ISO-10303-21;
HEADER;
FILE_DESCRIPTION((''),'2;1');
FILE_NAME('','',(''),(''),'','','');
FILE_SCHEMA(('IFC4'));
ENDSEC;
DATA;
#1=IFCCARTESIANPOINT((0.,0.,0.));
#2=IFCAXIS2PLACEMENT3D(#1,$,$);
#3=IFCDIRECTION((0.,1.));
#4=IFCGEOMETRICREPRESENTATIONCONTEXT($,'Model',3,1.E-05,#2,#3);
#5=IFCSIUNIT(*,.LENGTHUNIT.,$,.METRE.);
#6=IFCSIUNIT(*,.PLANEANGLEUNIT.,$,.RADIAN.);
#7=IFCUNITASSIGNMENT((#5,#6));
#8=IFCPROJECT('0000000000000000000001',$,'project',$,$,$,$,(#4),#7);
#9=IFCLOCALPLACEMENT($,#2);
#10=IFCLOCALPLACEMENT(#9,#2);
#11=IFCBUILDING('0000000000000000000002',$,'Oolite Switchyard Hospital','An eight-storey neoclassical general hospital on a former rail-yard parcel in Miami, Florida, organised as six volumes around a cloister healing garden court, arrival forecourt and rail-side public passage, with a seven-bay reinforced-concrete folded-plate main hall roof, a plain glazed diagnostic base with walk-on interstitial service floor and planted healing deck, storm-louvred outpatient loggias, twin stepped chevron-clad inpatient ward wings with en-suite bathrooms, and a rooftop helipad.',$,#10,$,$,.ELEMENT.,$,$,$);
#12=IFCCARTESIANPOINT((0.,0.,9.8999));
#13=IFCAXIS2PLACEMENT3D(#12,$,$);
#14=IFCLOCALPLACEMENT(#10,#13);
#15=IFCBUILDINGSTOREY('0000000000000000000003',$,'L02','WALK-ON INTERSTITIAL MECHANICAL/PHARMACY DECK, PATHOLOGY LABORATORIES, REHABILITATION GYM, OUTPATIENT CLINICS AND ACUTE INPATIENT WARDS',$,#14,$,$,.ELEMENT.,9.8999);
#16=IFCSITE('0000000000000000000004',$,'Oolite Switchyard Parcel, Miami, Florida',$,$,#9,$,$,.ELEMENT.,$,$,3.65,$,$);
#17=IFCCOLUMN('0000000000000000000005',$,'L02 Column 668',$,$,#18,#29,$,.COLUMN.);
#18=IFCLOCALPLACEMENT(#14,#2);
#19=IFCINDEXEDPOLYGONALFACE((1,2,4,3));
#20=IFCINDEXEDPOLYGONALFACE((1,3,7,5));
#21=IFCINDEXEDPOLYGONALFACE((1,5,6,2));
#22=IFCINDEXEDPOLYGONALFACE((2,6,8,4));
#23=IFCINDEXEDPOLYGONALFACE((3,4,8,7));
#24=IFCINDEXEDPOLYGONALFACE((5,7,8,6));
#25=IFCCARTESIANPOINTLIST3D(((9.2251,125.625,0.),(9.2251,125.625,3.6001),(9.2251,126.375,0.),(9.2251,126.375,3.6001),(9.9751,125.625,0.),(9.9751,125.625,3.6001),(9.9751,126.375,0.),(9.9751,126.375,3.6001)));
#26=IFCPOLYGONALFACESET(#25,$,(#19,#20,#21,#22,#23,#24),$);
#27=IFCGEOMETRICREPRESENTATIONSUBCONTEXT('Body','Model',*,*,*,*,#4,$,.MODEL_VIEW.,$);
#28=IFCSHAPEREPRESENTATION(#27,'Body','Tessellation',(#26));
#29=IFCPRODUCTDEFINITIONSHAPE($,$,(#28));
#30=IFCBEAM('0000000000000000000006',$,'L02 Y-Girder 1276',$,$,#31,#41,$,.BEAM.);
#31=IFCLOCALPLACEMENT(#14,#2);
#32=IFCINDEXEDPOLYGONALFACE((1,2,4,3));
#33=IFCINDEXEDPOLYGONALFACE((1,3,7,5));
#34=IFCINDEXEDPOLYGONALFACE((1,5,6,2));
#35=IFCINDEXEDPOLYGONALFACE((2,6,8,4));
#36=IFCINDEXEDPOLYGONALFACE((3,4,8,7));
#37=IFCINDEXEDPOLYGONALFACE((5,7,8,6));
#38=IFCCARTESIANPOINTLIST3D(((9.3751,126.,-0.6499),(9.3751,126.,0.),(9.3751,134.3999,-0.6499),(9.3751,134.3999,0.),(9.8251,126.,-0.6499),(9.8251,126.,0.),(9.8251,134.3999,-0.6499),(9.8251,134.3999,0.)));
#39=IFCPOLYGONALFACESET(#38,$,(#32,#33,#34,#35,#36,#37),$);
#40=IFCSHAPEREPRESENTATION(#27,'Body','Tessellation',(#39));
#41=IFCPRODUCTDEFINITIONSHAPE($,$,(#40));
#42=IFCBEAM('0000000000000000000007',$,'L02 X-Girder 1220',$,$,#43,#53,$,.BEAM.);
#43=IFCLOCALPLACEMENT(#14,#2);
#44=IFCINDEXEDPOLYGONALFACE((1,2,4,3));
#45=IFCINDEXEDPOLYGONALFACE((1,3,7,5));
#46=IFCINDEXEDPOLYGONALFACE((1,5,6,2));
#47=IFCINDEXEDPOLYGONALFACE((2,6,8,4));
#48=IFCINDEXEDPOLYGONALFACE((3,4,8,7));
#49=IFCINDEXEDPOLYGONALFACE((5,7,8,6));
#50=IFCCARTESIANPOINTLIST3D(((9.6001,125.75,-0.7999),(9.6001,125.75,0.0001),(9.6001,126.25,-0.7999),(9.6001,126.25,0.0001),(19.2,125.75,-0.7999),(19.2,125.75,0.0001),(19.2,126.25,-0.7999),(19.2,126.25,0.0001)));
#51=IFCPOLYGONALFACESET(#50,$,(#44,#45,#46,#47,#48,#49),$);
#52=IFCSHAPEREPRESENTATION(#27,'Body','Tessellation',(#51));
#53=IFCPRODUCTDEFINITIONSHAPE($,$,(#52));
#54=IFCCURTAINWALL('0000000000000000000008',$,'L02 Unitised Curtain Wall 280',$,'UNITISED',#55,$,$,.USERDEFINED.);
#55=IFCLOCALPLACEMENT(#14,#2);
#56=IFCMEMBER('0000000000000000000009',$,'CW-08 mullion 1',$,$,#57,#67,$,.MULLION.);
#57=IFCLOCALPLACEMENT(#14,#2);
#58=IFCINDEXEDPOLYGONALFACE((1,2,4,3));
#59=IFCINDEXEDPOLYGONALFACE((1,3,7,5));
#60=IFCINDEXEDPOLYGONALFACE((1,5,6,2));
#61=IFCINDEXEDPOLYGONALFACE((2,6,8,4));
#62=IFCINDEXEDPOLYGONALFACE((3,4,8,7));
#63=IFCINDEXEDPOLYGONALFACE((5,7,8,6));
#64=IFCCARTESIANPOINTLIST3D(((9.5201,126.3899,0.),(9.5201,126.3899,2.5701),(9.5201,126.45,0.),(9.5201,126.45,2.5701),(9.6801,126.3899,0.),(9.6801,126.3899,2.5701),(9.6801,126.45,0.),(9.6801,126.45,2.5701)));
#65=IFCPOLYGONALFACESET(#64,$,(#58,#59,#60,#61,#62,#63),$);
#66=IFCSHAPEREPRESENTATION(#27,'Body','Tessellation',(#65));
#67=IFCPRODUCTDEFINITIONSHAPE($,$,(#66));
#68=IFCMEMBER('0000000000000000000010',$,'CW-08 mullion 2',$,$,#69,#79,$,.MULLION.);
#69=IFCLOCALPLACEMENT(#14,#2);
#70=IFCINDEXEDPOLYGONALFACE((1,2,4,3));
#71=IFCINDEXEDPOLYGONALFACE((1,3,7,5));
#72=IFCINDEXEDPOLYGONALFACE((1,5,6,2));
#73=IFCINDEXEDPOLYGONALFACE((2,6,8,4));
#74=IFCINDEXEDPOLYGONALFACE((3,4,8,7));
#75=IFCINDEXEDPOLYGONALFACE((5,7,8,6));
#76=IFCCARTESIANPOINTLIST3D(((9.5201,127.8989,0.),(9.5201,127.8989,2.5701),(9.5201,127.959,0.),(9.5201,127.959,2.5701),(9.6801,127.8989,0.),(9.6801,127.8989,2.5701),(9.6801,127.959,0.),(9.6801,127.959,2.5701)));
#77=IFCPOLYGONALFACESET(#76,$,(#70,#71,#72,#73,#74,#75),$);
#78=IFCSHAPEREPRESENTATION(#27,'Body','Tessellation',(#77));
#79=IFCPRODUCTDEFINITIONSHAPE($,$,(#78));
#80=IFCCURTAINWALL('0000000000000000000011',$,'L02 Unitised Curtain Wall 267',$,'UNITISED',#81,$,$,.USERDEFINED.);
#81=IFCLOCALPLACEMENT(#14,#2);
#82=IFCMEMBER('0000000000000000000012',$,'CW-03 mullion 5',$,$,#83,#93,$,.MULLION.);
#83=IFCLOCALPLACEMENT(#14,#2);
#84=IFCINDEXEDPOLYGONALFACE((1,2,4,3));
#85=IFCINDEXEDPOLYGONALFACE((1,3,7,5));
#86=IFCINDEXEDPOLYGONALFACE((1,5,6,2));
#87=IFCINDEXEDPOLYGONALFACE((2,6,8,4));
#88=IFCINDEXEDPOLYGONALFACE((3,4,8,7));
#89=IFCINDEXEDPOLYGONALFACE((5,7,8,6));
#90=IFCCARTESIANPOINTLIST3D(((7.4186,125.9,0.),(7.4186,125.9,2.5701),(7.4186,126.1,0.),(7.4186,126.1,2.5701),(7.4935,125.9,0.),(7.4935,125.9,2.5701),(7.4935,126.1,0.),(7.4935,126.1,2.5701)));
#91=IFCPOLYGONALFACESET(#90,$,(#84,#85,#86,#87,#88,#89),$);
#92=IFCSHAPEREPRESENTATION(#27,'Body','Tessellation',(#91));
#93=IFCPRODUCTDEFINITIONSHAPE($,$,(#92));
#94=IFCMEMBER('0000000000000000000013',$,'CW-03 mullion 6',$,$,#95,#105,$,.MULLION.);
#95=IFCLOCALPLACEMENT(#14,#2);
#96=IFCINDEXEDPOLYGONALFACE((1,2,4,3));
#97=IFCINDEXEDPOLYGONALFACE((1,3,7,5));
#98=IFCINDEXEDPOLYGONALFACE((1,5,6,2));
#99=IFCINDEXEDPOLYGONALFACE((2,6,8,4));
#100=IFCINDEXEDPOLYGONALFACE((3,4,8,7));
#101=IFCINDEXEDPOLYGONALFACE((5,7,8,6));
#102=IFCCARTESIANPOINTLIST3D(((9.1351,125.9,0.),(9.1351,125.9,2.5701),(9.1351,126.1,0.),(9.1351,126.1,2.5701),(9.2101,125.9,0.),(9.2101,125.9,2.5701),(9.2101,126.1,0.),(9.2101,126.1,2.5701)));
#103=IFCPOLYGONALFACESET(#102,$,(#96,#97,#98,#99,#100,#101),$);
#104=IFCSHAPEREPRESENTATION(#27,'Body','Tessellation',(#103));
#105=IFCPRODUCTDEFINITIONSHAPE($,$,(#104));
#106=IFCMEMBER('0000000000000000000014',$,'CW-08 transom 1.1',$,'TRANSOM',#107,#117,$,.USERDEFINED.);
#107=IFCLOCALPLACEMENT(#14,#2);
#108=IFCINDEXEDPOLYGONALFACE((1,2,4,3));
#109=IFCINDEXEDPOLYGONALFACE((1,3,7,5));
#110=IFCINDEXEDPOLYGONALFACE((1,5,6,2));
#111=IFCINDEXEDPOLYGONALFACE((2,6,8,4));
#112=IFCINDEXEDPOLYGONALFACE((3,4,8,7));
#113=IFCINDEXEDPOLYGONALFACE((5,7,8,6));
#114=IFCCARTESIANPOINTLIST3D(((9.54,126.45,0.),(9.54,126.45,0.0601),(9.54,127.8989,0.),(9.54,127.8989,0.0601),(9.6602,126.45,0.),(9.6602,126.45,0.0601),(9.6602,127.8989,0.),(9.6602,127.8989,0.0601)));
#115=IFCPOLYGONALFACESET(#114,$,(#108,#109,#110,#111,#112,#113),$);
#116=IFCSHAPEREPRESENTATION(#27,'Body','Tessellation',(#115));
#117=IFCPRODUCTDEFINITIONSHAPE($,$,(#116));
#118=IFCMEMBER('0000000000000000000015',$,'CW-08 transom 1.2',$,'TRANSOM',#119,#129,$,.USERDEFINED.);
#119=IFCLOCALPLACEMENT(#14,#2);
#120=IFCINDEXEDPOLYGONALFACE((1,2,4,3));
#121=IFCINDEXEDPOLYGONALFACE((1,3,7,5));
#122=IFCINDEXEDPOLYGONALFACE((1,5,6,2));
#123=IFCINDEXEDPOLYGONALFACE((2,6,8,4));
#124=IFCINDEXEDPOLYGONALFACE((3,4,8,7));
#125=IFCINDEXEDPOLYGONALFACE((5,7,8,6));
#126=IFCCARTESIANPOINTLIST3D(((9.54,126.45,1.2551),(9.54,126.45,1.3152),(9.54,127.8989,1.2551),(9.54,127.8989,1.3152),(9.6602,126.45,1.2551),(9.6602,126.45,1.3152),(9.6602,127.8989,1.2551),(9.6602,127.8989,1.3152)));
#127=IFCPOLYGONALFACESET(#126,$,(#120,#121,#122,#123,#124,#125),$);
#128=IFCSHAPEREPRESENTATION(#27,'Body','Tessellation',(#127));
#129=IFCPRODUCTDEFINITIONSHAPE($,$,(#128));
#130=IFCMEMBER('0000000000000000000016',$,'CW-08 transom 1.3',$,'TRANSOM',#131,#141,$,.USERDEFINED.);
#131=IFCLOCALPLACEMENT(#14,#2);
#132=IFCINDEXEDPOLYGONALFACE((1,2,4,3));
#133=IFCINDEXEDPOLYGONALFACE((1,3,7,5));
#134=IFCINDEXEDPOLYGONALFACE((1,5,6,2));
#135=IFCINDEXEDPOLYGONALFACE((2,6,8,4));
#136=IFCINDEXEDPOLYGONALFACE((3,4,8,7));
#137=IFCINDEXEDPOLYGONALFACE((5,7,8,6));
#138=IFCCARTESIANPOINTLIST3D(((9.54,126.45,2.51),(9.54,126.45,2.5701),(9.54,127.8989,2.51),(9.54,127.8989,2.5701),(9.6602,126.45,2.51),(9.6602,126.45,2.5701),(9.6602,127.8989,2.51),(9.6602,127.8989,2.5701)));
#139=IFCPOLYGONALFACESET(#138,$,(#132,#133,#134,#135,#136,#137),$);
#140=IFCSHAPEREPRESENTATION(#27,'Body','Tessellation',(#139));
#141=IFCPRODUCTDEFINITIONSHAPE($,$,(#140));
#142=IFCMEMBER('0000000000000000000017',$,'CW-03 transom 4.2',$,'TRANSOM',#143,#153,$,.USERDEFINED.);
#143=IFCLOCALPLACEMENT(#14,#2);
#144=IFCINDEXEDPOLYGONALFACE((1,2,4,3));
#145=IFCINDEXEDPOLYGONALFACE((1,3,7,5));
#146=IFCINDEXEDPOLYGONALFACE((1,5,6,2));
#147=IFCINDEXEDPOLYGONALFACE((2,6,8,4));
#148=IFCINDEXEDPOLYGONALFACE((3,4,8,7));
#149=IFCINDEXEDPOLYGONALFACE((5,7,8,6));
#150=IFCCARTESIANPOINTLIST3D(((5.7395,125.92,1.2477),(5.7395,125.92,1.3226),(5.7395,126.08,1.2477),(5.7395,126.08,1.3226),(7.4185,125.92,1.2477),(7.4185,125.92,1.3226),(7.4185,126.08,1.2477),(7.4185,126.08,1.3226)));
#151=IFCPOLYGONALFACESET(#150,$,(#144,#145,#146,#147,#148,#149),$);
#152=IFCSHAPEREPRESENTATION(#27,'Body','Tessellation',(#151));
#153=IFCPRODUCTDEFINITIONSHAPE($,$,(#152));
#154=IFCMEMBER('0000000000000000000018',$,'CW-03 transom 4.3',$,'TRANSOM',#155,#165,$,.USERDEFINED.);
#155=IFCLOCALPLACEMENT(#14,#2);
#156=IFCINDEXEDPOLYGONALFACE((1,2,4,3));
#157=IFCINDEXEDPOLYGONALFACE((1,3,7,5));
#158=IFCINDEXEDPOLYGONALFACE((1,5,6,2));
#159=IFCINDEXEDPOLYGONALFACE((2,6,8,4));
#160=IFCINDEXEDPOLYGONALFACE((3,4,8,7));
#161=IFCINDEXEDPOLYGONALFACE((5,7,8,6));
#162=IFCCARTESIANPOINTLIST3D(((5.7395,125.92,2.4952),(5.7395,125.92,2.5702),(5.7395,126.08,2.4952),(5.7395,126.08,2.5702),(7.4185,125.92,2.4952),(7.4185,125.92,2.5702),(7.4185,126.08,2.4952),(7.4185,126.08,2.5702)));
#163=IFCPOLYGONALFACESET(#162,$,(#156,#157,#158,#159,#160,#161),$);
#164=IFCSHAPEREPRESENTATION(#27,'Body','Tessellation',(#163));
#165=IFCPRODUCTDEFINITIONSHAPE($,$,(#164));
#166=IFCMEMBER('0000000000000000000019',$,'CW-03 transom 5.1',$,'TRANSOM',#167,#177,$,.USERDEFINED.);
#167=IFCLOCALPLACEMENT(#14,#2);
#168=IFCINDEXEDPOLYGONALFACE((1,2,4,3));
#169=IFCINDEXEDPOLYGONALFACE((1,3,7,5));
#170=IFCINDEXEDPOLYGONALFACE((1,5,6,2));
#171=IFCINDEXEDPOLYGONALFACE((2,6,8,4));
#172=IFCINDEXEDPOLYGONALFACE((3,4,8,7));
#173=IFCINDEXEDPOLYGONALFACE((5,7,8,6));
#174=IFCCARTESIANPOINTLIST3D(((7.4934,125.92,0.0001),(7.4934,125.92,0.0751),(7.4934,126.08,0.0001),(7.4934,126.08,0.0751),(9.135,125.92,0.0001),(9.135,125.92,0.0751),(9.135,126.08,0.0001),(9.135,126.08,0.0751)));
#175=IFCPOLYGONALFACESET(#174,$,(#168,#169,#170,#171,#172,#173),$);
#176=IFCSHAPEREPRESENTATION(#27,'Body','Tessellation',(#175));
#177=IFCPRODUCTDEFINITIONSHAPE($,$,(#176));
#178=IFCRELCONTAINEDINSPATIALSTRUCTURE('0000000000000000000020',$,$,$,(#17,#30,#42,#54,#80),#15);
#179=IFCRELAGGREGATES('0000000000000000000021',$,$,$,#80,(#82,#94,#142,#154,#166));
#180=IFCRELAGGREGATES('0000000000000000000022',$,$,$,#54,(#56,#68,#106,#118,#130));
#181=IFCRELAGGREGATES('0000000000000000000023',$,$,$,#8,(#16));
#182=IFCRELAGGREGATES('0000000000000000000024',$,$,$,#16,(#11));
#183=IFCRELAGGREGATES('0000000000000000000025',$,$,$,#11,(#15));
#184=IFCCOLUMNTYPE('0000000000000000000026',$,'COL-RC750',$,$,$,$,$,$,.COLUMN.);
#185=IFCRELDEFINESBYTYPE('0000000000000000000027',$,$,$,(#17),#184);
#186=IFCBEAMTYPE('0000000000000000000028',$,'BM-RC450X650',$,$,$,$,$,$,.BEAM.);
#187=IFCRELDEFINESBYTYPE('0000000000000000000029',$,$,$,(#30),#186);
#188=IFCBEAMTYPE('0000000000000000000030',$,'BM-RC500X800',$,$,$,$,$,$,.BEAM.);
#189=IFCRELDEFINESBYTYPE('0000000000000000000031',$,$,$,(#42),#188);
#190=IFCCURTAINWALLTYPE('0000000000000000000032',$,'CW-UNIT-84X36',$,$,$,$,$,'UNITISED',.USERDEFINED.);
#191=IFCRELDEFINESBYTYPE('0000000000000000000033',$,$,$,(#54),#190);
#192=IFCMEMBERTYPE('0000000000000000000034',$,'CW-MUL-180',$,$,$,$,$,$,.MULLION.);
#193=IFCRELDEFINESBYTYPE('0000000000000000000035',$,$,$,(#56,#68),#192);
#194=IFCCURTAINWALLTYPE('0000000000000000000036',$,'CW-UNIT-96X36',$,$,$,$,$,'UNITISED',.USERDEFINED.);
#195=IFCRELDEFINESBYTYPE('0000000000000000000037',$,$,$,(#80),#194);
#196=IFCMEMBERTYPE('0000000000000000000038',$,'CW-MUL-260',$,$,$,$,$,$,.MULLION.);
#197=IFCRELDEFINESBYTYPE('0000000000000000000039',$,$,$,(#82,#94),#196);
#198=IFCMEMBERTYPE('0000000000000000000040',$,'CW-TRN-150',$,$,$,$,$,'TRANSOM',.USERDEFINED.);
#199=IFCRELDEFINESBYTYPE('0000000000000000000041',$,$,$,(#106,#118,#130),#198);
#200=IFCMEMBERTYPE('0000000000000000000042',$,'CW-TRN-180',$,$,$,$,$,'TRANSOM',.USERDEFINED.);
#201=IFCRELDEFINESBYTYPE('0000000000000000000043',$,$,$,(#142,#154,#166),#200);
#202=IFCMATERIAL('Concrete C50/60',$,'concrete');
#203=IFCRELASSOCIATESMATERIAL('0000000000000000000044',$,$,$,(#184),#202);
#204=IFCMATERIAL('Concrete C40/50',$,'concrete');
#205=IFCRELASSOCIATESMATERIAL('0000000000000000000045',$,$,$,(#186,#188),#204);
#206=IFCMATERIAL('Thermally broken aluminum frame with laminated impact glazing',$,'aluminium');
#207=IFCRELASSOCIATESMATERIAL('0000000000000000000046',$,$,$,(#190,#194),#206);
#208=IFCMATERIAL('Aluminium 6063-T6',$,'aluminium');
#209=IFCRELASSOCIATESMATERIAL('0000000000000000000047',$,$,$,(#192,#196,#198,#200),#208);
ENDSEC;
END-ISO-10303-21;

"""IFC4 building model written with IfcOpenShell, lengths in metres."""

from ifc_helpers import new_model, si_unit, direction, frame, origin, origin_2d, place, context, subcontext, project, spatial, rectangle, extrude, material, material_profile, profile_set, type_object, element, aggregate, save


model = new_model("IFC4")

# Units and contexts
model_context = context("Model", 3, precision=1e-05, world=origin(), true_north=direction((0.0, 1.0)))
body_context = subcontext(model_context, "Body", "Model", "MODEL_VIEW")
ifc_project = project(units=[si_unit("LENGTHUNIT", "METRE"), si_unit("PLANEANGLEUNIT", "RADIAN")], contexts=[model_context])

# Site, building, storey
site_placement = place(None, origin())
site = spatial("IfcSite", under=ifc_project, at=site_placement, Name="Oolite Switchyard Parcel, Miami, Florida", CompositionType="ELEMENT", RefElevation=3.65)
building_placement = place(site_placement, origin())
building = spatial("IfcBuilding", under=site, at=building_placement, Name="Oolite Switchyard Hospital", Description="An eight-storey neoclassical general hospital on a former rail-yard parcel in Miami, Florida, organised as six volumes around a cloister healing garden court, arrival forecourt and rail-side public passage, with a seven-bay reinforced-concrete folded-plate main hall roof, a plain glazed diagnostic base with walk-on interstitial service floor and planted healing deck, storm-louvred outpatient loggias, twin stepped chevron-clad inpatient ward wings with en-suite bathrooms, and a rooftop helipad.", CompositionType="ELEMENT")
storey_placement = place(building_placement, frame((0.0, 0.0, 9.8999)))
storey = spatial("IfcBuildingStorey", under=building, at=storey_placement, Name="L02", Description="WALK-ON INTERSTITIAL MECHANICAL/PHARMACY DECK, PATHOLOGY LABORATORIES, REHABILITATION GYM, OUTPATIENT CLINICS AND ACUTE INPATIENT WARDS", CompositionType="ELEMENT", Elevation=9.8999)

# Column
ifc_material_1 = material(Name="Concrete C50/60", Category="concrete")
ifc_material_profile_1 = material_profile(ifc_material_1, rectangle(XDim=0.75, YDim=0.75, at=origin_2d()), Name="RC750X750")
ifc_profile_set_1 = profile_set([ifc_material_profile_1], Name="Concrete C50/60")
column_type = type_object("IfcColumnType", Name="COL-RC750", PredefinedType="COLUMN", material=ifc_profile_set_1)
column_placement = place(storey_placement, frame((9.6001, 126.0, 0.0), z_axis=(0.0, 0.0, 1.0), x_axis=(1.0, 0.0, 0.0)))
element("IfcColumn", 1, at=column_placement, inside=storey, type_object=column_type, Name="L02 Column 668", PredefinedType="COLUMN", context=body_context, shape_type="SweptSolid", body=[
    extrude(rectangle(XDim=0.75, YDim=0.75, at=origin_2d()), origin(), (0.0, 0.0, 1.0), 3.6001),
])

# Beams
ifc_material_2 = material(Name="Concrete C40/50", Category="concrete")
ifc_material_profile_2 = material_profile(ifc_material_2, rectangle(XDim=0.45, YDim=0.6499, at=origin_2d()), Name="RCB450X650")
ifc_profile_set_2 = profile_set([ifc_material_profile_2], Name="Concrete C40/50")
beam_type_1 = type_object("IfcBeamType", Name="BM-RC450X650", PredefinedType="BEAM", material=ifc_profile_set_2)
beam_1_placement = place(storey_placement, frame((9.6001, 126.0, -0.325), z_axis=(0.0, 1.0, 0.0), x_axis=(-1.0, 0.0, 0.0)))
element("IfcBeam", 2, at=beam_1_placement, inside=storey, type_object=beam_type_1, Name="L02 Y-Girder 1276", PredefinedType="BEAM", context=body_context, shape_type="SweptSolid", body=[
    extrude(rectangle(XDim=0.45, YDim=0.6499, at=origin_2d()), origin(), (0.0, 0.0, 1.0), 8.3999),
])
ifc_material_profile_3 = material_profile(ifc_material_2, rectangle(XDim=0.5, YDim=0.8, at=origin_2d()), Name="RCB500X800")
ifc_profile_set_3 = profile_set([ifc_material_profile_3], Name="Concrete C40/50")
beam_type_2 = type_object("IfcBeamType", Name="BM-RC500X800", PredefinedType="BEAM", material=ifc_profile_set_3)
beam_2_placement = place(storey_placement, frame((9.6001, 126.0, -0.3999), z_axis=(1.0, 0.0, 0.0), x_axis=(0.0, 1.0, 0.0)))
element("IfcBeam", 3, at=beam_2_placement, inside=storey, type_object=beam_type_2, Name="L02 X-Girder 1220", PredefinedType="BEAM", context=body_context, shape_type="SweptSolid", body=[
    extrude(rectangle(XDim=0.5, YDim=0.8, at=origin_2d()), origin(), (0.0, 0.0, 1.0), 9.5999),
])

# Curtain walls, members
ifc_material_3 = material(Name="Thermally broken aluminum frame with laminated impact glazing", Category="aluminium")
curtain_wall_type_1 = type_object("IfcCurtainWallType", Name="CW-UNIT-84X36", ElementType="UNITISED", PredefinedType="USERDEFINED", material=ifc_material_3)
curtain_wall_1_placement = place(storey_placement, origin())
curtain_wall_1 = element("IfcCurtainWall", 4, at=curtain_wall_1_placement, inside=storey, type_object=curtain_wall_type_1, Name="L02 Unitised Curtain Wall 280", ObjectType="UNITISED", PredefinedType="USERDEFINED")
ifc_material_4 = material(Name="Aluminium 6063-T6", Category="aluminium")
ifc_material_profile_4 = material_profile(ifc_material_4, rectangle(XDim=0.1599, YDim=0.0601, at=origin_2d()), Name="CWM60X160")
ifc_profile_set_4 = profile_set([ifc_material_profile_4], Name="Aluminium 6063-T6")
member_type_1 = type_object("IfcMemberType", Name="CW-MUL-180", PredefinedType="MULLION", material=ifc_profile_set_4)
member_1_placement = place(storey_placement, frame((9.6001, 126.4199, 0.0), z_axis=(0.0, 0.0, 1.0), x_axis=(-1.0, 0.0, 0.0)))
member_1 = element("IfcMember", 5, at=member_1_placement, type_object=member_type_1, Name="CW-08 mullion 1", PredefinedType="MULLION", context=body_context, shape_type="SweptSolid", body=[
    extrude(rectangle(XDim=0.1599, YDim=0.0601, at=origin_2d()), origin(), (0.0, 0.0, 1.0), 2.5701),
])
member_2_placement = place(storey_placement, frame((9.6001, 127.929, 0.0), z_axis=(0.0, 0.0, 1.0), x_axis=(-1.0, 0.0, 0.0)))
member_2 = element("IfcMember", 6, at=member_2_placement, type_object=member_type_1, Name="CW-08 mullion 2", PredefinedType="MULLION", context=body_context, shape_type="SweptSolid", body=[
    extrude(rectangle(XDim=0.1599, YDim=0.0601, at=origin_2d()), origin(), (0.0, 0.0, 1.0), 2.5701),
])
curtain_wall_type_2 = type_object("IfcCurtainWallType", Name="CW-UNIT-96X36", ElementType="UNITISED", PredefinedType="USERDEFINED", material=ifc_material_3)
curtain_wall_2_placement = place(storey_placement, origin())
curtain_wall_2 = element("IfcCurtainWall", 7, at=curtain_wall_2_placement, inside=storey, type_object=curtain_wall_type_2, Name="L02 Unitised Curtain Wall 267", ObjectType="UNITISED", PredefinedType="USERDEFINED")
ifc_material_profile_5 = material_profile(ifc_material_4, rectangle(XDim=0.2, YDim=0.075, at=origin_2d()), Name="CWM75X200")
ifc_profile_set_5 = profile_set([ifc_material_profile_5], Name="Aluminium 6063-T6")
member_type_2 = type_object("IfcMemberType", Name="CW-MUL-260", PredefinedType="MULLION", material=ifc_profile_set_5)
member_3_placement = place(storey_placement, frame((7.4561, 126.0, 0.0), z_axis=(0.0, 0.0, 1.0), x_axis=(0.0, 1.0, 0.0)))
member_3 = element("IfcMember", 8, at=member_3_placement, type_object=member_type_2, Name="CW-03 mullion 5", PredefinedType="MULLION", context=body_context, shape_type="SweptSolid", body=[
    extrude(rectangle(XDim=0.2, YDim=0.075, at=origin_2d()), origin(), (0.0, 0.0, 1.0), 2.5701),
])
member_4_placement = place(storey_placement, frame((9.1726, 126.0, 0.0), z_axis=(0.0, 0.0, 1.0), x_axis=(0.0, 1.0, 0.0)))
member_4 = element("IfcMember", 9, at=member_4_placement, type_object=member_type_2, Name="CW-03 mullion 6", PredefinedType="MULLION", context=body_context, shape_type="SweptSolid", body=[
    extrude(rectangle(XDim=0.2, YDim=0.075, at=origin_2d()), origin(), (0.0, 0.0, 1.0), 2.5701),
])

# Members
ifc_material_profile_6 = material_profile(ifc_material_4, rectangle(XDim=0.1201, YDim=0.0601, at=origin_2d()), Name="CWT60X120")
ifc_profile_set_6 = profile_set([ifc_material_profile_6], Name="Aluminium 6063-T6")
member_type_3 = type_object("IfcMemberType", Name="CW-TRN-150", ElementType="TRANSOM", PredefinedType="USERDEFINED", material=ifc_profile_set_6)
member_5_placement = place(storey_placement, frame((9.6001, 126.45, 0.03), z_axis=(0.0, 1.0, 0.0), x_axis=(-1.0, 0.0, 0.0)))
member_5 = element("IfcMember", 10, at=member_5_placement, type_object=member_type_3, Name="CW-08 transom 1.1", ObjectType="TRANSOM", PredefinedType="USERDEFINED", context=body_context, shape_type="SweptSolid", body=[
    extrude(rectangle(XDim=0.1201, YDim=0.0601, at=origin_2d()), origin(), (0.0, 0.0, 1.0), 1.449),
])
member_6_placement = place(storey_placement, frame((9.6001, 126.45, 1.2852), z_axis=(0.0, 1.0, 0.0), x_axis=(-1.0, 0.0, 0.0)))
member_6 = element("IfcMember", 11, at=member_6_placement, type_object=member_type_3, Name="CW-08 transom 1.2", ObjectType="TRANSOM", PredefinedType="USERDEFINED", context=body_context, shape_type="SweptSolid", body=[
    extrude(rectangle(XDim=0.1201, YDim=0.0601, at=origin_2d()), origin(), (0.0, 0.0, 1.0), 1.449),
])
member_7_placement = place(storey_placement, frame((9.6001, 126.45, 2.54), z_axis=(0.0, 1.0, 0.0), x_axis=(-1.0, 0.0, 0.0)))
member_7 = element("IfcMember", 12, at=member_7_placement, type_object=member_type_3, Name="CW-08 transom 1.3", ObjectType="TRANSOM", PredefinedType="USERDEFINED", context=body_context, shape_type="SweptSolid", body=[
    extrude(rectangle(XDim=0.1201, YDim=0.0601, at=origin_2d()), origin(), (0.0, 0.0, 1.0), 1.449),
])
ifc_material_profile_7 = material_profile(ifc_material_4, rectangle(XDim=0.1599, YDim=0.075, at=origin_2d()), Name="CWT75X160")
ifc_profile_set_7 = profile_set([ifc_material_profile_7], Name="Aluminium 6063-T6")
member_type_4 = type_object("IfcMemberType", Name="CW-TRN-180", ElementType="TRANSOM", PredefinedType="USERDEFINED", material=ifc_profile_set_7)
member_8_placement = place(storey_placement, frame((5.7395, 126.0, 1.2852), z_axis=(1.0, 0.0, 0.0), x_axis=(0.0, 1.0, 0.0)))
member_8 = element("IfcMember", 13, at=member_8_placement, type_object=member_type_4, Name="CW-03 transom 4.2", ObjectType="TRANSOM", PredefinedType="USERDEFINED", context=body_context, shape_type="SweptSolid", body=[
    extrude(rectangle(XDim=0.1599, YDim=0.075, at=origin_2d()), origin(), (0.0, 0.0, 1.0), 1.679),
])
member_9_placement = place(storey_placement, frame((5.7395, 126.0, 2.5327), z_axis=(1.0, 0.0, 0.0), x_axis=(0.0, 1.0, 0.0)))
member_9 = element("IfcMember", 14, at=member_9_placement, type_object=member_type_4, Name="CW-03 transom 4.3", ObjectType="TRANSOM", PredefinedType="USERDEFINED", context=body_context, shape_type="SweptSolid", body=[
    extrude(rectangle(XDim=0.1599, YDim=0.075, at=origin_2d()), origin(), (0.0, 0.0, 1.0), 1.679),
])
member_10_placement = place(storey_placement, frame((7.4934, 126.0, 0.0376), z_axis=(1.0, 0.0, 0.0), x_axis=(0.0, 1.0, 0.0)))
member_10 = element("IfcMember", 15, at=member_10_placement, type_object=member_type_4, Name="CW-03 transom 5.1", ObjectType="TRANSOM", PredefinedType="USERDEFINED", context=body_context, shape_type="SweptSolid", body=[
    extrude(rectangle(XDim=0.1599, YDim=0.075, at=origin_2d()), origin(), (0.0, 0.0, 1.0), 1.6416),
])

aggregate(curtain_wall_2, [member_3, member_4, member_8, member_9, member_10])
aggregate(curtain_wall_1, [member_1, member_2, member_5, member_6, member_7])

save(model, "model.ifc")
